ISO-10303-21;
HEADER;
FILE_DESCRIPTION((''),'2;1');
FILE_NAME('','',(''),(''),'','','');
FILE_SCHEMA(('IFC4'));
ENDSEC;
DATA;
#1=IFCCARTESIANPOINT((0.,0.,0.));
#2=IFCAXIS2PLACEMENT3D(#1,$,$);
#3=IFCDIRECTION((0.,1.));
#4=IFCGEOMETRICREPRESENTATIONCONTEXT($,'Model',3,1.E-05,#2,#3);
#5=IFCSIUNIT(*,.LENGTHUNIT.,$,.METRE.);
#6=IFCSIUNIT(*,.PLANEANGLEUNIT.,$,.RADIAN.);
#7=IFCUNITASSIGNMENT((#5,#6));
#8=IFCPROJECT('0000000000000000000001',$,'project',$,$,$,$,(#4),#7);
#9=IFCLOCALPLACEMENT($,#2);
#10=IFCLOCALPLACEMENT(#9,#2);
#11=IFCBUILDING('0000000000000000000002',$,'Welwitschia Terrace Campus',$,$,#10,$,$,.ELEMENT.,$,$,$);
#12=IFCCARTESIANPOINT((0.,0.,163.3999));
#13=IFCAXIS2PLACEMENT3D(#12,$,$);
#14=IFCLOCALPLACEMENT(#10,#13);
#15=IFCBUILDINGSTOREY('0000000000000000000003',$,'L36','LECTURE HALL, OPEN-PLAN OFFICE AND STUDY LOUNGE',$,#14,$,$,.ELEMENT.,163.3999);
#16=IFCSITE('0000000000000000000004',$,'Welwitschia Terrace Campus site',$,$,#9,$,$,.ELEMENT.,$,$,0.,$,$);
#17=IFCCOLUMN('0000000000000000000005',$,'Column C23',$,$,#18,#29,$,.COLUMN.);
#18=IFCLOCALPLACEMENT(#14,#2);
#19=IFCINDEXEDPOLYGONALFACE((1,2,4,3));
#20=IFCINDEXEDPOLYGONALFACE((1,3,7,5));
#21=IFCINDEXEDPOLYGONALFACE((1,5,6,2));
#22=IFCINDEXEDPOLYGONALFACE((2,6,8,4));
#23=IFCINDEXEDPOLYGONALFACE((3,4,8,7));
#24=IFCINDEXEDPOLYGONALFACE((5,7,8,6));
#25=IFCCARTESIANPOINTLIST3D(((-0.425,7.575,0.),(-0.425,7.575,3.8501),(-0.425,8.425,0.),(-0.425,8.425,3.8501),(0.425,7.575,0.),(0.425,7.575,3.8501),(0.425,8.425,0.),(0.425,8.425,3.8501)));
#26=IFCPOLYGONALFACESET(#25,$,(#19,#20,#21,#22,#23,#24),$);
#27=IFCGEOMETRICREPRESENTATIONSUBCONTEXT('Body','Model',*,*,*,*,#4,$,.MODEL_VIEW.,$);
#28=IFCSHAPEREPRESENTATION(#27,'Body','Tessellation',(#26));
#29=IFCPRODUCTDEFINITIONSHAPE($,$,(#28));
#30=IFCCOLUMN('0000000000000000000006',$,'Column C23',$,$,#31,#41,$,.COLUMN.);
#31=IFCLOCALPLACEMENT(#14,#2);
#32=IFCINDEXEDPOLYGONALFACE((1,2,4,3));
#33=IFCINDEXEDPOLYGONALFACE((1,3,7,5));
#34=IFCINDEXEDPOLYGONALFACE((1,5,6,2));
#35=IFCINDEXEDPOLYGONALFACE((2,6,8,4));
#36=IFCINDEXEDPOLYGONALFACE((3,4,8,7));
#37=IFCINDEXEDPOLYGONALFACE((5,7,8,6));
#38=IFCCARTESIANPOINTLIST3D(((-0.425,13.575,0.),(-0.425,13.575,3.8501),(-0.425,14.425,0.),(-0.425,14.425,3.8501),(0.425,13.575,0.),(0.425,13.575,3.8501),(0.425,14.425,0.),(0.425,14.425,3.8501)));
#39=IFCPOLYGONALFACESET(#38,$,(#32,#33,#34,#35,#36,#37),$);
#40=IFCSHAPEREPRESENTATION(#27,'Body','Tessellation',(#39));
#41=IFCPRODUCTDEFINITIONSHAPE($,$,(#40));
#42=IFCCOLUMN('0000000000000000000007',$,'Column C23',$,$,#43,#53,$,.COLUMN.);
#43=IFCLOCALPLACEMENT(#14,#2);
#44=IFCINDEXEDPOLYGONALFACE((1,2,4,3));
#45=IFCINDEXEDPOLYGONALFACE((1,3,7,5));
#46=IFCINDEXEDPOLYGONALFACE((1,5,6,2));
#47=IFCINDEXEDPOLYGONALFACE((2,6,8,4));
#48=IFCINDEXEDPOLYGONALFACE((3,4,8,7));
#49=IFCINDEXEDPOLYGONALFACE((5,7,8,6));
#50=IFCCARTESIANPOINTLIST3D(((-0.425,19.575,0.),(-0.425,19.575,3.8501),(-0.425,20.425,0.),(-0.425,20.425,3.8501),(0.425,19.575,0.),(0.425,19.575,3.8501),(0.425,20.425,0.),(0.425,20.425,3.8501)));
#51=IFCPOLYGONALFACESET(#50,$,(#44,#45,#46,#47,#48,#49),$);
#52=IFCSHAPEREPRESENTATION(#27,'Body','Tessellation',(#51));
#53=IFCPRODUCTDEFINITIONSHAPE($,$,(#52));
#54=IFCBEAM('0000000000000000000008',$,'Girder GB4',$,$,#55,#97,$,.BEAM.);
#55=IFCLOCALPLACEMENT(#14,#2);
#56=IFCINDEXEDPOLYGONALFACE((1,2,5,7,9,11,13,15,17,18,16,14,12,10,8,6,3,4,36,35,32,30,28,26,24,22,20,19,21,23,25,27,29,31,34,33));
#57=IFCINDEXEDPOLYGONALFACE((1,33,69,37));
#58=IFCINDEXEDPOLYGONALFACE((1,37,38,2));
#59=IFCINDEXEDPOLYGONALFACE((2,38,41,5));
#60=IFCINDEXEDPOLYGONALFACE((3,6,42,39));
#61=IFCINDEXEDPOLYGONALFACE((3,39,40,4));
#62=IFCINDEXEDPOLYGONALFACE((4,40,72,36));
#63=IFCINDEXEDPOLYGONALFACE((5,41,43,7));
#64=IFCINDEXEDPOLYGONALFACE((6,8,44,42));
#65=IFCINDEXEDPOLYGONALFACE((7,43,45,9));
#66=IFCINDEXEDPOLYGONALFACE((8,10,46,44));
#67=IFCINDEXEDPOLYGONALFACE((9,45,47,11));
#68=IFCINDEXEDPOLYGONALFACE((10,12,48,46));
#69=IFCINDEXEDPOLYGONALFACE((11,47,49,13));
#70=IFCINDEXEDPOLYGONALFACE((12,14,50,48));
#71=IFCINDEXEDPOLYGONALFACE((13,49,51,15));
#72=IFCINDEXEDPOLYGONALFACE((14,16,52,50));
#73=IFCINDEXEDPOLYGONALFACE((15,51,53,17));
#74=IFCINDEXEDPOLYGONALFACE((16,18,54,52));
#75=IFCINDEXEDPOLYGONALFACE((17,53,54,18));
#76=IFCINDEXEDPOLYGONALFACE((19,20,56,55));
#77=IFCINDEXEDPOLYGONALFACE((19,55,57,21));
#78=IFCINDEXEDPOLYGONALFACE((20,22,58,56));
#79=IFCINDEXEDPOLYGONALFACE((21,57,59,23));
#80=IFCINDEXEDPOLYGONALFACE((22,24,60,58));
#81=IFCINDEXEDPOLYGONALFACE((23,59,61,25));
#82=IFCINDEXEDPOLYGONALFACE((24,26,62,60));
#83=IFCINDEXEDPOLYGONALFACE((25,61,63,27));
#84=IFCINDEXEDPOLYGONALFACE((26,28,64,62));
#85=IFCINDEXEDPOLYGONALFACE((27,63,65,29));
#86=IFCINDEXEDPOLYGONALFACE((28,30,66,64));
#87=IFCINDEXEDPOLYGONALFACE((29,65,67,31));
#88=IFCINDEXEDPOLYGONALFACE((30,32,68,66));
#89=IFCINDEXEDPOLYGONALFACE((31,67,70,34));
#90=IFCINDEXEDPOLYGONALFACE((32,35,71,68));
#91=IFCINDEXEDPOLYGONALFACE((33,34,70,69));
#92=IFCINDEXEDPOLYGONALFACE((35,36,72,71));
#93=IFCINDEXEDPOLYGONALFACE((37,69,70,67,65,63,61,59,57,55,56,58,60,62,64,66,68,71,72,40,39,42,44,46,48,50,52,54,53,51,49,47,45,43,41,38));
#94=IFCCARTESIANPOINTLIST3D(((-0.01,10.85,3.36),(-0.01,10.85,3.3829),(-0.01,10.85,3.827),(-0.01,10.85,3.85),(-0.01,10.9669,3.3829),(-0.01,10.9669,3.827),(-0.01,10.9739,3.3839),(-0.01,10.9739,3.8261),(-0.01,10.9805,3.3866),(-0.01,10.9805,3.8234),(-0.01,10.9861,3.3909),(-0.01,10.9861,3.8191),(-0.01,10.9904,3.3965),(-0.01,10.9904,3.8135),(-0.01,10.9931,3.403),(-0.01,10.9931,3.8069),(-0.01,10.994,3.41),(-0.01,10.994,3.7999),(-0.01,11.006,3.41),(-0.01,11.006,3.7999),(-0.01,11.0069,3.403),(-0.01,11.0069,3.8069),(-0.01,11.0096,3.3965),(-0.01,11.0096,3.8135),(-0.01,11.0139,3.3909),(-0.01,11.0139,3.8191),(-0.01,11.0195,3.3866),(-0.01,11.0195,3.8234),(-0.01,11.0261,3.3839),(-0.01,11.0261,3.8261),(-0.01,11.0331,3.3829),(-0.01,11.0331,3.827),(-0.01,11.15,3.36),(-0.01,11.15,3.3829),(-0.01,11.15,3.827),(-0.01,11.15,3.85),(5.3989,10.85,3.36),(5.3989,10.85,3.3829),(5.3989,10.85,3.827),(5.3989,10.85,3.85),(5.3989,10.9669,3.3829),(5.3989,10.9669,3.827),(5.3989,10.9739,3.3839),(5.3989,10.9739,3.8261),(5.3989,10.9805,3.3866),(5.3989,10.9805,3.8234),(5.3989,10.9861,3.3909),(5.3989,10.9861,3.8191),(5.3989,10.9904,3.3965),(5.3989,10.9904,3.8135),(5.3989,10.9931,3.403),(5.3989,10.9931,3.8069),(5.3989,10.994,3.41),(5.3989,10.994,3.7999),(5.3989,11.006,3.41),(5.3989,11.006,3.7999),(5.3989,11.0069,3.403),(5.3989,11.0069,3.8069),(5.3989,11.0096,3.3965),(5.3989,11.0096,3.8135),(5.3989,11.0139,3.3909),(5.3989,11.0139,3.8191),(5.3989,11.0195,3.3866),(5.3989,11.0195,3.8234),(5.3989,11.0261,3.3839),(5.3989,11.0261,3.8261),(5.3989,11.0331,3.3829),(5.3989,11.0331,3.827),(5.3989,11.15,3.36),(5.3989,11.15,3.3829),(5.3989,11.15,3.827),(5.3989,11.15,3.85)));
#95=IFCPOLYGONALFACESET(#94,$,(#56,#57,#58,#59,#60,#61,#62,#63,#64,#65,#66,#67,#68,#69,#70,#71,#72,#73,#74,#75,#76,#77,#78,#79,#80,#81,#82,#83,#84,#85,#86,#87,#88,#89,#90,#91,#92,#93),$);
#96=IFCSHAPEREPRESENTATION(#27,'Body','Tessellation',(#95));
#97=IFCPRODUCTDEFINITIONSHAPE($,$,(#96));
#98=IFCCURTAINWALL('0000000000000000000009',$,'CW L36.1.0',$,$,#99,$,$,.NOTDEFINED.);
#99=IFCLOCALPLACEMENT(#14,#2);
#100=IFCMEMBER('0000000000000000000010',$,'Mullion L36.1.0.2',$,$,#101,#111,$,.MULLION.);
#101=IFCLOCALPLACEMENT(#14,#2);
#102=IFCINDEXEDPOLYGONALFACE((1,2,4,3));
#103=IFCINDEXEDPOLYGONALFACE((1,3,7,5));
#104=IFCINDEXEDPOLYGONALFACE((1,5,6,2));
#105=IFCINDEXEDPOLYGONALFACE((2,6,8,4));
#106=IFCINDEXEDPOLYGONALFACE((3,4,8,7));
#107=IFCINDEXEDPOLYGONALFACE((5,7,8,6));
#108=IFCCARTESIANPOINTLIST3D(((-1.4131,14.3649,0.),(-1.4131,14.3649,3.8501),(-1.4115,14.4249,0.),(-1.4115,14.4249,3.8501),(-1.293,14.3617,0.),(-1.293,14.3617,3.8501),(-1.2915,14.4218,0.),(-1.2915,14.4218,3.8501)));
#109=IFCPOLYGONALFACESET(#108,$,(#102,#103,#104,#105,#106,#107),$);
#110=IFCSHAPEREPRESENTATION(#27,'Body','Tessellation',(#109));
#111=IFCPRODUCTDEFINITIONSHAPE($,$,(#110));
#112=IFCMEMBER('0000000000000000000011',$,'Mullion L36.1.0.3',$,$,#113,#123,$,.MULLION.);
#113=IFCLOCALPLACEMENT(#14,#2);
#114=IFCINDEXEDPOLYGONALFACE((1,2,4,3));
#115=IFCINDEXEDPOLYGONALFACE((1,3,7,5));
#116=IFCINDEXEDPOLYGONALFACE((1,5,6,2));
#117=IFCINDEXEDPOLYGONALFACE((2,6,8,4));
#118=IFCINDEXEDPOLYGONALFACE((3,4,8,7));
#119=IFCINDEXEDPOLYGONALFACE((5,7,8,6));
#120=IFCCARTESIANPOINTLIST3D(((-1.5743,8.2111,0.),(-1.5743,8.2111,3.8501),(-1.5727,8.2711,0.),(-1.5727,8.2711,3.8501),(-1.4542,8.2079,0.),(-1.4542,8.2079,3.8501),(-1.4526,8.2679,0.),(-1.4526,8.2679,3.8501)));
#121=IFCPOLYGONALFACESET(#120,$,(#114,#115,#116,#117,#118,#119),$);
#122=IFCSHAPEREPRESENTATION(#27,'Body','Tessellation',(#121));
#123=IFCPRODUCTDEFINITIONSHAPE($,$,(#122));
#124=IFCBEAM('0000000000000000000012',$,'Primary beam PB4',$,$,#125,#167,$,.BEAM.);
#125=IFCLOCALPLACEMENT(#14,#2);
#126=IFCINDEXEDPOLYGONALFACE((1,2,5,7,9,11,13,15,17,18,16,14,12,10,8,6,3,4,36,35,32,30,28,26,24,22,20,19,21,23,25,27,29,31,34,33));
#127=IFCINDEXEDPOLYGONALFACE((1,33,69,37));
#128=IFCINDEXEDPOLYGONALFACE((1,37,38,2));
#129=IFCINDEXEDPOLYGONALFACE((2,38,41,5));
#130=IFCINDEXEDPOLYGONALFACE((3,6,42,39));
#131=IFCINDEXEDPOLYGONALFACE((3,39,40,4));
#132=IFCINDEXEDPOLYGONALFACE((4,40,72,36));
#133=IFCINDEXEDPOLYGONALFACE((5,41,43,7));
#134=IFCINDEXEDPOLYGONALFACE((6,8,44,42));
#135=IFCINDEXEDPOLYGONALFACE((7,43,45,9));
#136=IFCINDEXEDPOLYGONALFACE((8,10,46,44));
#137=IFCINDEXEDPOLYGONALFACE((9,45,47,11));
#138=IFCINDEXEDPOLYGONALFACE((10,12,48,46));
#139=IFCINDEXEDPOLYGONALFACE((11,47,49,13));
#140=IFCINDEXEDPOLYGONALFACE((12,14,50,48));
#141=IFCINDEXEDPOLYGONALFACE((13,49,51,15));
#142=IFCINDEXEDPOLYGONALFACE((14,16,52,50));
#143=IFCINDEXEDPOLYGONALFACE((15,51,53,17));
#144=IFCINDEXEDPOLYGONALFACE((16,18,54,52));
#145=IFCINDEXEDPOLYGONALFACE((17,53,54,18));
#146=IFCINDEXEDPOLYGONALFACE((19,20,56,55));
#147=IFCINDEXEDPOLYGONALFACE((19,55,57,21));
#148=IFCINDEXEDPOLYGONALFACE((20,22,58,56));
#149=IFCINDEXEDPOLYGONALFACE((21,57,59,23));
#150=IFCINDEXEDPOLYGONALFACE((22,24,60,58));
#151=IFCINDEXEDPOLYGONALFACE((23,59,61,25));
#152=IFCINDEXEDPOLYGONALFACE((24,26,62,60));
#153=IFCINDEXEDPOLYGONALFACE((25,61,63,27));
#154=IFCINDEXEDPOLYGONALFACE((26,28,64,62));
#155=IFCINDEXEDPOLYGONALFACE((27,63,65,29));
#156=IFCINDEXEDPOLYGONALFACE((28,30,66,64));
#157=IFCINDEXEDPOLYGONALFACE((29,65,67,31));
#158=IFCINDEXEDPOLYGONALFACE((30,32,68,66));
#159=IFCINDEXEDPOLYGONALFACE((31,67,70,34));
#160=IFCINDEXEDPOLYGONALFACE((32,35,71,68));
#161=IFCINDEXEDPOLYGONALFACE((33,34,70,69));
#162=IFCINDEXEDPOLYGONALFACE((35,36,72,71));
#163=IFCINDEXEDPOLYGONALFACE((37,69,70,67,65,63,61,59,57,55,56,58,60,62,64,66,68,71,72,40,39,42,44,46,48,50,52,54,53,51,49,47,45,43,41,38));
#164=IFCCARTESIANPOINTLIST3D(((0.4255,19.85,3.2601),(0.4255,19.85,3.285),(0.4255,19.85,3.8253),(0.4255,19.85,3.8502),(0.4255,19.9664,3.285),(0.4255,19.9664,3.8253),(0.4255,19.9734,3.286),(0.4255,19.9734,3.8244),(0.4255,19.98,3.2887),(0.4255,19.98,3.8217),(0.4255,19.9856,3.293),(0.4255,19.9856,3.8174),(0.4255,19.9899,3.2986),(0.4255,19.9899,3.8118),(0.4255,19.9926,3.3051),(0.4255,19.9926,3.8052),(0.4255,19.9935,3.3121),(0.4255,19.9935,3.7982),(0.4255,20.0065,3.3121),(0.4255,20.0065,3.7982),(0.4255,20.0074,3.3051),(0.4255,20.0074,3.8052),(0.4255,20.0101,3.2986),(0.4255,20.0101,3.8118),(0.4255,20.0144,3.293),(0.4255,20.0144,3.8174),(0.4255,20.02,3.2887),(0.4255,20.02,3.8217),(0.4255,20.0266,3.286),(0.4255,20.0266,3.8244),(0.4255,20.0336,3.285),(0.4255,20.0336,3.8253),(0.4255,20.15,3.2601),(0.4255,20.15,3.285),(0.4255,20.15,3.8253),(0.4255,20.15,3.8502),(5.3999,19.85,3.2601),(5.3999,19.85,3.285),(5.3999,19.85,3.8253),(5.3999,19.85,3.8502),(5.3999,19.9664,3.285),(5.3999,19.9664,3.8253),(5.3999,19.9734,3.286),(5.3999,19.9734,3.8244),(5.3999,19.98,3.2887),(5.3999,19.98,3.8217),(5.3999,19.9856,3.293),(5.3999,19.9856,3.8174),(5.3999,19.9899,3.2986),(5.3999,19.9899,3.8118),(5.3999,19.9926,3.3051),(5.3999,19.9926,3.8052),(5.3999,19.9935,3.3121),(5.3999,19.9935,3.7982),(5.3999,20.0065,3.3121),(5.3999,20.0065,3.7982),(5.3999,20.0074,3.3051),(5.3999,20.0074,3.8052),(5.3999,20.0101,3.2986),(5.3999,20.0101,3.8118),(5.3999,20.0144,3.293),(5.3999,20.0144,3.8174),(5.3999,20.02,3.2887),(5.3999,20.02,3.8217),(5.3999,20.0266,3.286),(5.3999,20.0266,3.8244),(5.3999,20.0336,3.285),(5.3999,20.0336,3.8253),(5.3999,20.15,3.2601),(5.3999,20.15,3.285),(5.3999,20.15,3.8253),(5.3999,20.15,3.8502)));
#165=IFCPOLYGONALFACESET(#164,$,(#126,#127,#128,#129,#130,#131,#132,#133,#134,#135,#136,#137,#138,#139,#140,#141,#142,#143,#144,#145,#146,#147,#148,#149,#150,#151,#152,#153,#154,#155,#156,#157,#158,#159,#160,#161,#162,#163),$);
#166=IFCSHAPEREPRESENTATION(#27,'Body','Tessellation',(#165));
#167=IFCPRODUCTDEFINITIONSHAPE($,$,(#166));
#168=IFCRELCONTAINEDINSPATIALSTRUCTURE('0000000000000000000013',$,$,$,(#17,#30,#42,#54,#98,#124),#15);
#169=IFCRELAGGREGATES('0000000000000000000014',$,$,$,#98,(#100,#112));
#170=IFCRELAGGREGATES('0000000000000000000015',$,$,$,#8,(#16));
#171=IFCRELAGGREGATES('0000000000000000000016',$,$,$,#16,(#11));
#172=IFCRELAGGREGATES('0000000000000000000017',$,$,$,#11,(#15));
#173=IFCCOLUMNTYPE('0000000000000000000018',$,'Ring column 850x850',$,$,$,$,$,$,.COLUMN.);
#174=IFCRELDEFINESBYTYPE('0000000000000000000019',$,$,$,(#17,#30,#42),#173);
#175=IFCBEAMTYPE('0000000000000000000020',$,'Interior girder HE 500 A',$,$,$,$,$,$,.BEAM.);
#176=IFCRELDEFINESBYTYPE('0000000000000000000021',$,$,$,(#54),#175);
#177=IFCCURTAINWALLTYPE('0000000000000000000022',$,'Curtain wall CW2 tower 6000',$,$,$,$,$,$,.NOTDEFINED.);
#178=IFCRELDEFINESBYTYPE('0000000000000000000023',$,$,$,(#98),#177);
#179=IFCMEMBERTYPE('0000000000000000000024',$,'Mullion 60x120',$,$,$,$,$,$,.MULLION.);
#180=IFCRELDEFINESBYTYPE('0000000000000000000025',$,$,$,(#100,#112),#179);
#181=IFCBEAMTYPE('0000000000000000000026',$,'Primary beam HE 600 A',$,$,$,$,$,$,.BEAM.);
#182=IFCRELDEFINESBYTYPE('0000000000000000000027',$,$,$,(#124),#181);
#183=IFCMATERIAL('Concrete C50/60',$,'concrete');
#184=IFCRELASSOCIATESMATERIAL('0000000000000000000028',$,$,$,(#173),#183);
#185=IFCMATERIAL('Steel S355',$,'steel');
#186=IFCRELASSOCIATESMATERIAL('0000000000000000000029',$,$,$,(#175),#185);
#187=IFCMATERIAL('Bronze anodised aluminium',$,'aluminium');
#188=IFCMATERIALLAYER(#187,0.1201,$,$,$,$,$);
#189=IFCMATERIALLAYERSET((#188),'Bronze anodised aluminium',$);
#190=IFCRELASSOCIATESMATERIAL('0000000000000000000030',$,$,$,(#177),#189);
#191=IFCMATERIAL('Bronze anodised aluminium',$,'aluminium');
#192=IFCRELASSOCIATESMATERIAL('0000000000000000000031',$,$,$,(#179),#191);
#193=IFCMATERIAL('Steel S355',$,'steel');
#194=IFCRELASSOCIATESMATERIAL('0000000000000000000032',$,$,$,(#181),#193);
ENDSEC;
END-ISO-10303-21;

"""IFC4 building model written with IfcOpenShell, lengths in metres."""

from ifc_helpers import new_model, si_unit, direction, frame, origin, origin_2d, place, context, subcontext, project, spatial, rectangle, i_section, extrude, material, layer, layer_set, material_profile, profile_set, type_object, element, aggregate, save


model = new_model("IFC4")

# Units and contexts
model_context = context("Model", 3, precision=1e-05, world=origin(), true_north=direction((0.0, 1.0)))
body_context = subcontext(model_context, "Body", "Model", "MODEL_VIEW")
ifc_project = project(units=[si_unit("LENGTHUNIT", "METRE"), si_unit("PLANEANGLEUNIT", "RADIAN")], contexts=[model_context])

# Site, building, storey
site_placement = place(None, origin())
site = spatial("IfcSite", under=ifc_project, at=site_placement, Name="Welwitschia Terrace Campus site", CompositionType="ELEMENT", RefElevation=0.0)
building_placement = place(site_placement, origin())
building = spatial("IfcBuilding", under=site, at=building_placement, Name="Welwitschia Terrace Campus", CompositionType="ELEMENT")
storey_placement = place(building_placement, frame((0.0, 0.0, 163.3999)))
storey = spatial("IfcBuildingStorey", under=building, at=storey_placement, Name="L36", Description="LECTURE HALL, OPEN-PLAN OFFICE AND STUDY LOUNGE", CompositionType="ELEMENT", Elevation=163.3999)

# Columns
ifc_material_1 = material(Name="Concrete C50/60", Category="concrete")
ifc_material_profile_1 = material_profile(ifc_material_1, rectangle(XDim=0.8501, YDim=0.8501, at=origin_2d()))
ifc_profile_set_1 = profile_set([ifc_material_profile_1], Name="Concrete C50/60")
column_type = type_object("IfcColumnType", Name="Ring column 850x850", PredefinedType="COLUMN", material=ifc_profile_set_1)
for number, where, z_axis, x_axis, name in (
    (1, (0.0, 8.0, 0.0), (0.0, 0.0, 1.0), (1.0, 0.0, 0.0), "Column C23"),
    (2, (0.0, 14.0, 0.0), (0.0, 0.0, 1.0), (1.0, 0.0, 0.0), "Column C23"),
    (3, (0.0, 20.0, 0.0), (0.0, 0.0, 1.0), (1.0, 0.0, 0.0), "Column C23"),
):
    element("IfcColumn", number, at=place(storey_placement, frame(where, z_axis=z_axis, x_axis=x_axis)), inside=storey, type_object=column_type, Name=name, PredefinedType="COLUMN", context=body_context, shape_type="SweptSolid", body=[
        extrude(rectangle(XDim=0.8501, YDim=0.8501, at=origin_2d()), origin(), (0.0, 0.0, 1.0), 3.8501),
    ])

# Beam
ifc_material_2 = material(Name="Steel S355", Category="steel")
ifc_material_profile_2 = material_profile(ifc_material_2, i_section(OverallWidth=0.3, OverallDepth=0.49, WebThickness=0.012, FlangeThickness=0.0229, FilletRadius=0.0271, at=origin_2d()))
ifc_profile_set_2 = profile_set([ifc_material_profile_2], Name="Steel S355")
beam_type_1 = type_object("IfcBeamType", Name="Interior girder HE 500 A", PredefinedType="BEAM", material=ifc_profile_set_2)
beam_1_placement = place(storey_placement, frame((-0.01, 11.0, 3.605), z_axis=(1.0, 0.0, 0.0), x_axis=(0.0, 1.0, 0.0)))
element("IfcBeam", 4, at=beam_1_placement, inside=storey, type_object=beam_type_1, Name="Girder GB4", PredefinedType="BEAM", context=body_context, shape_type="SweptSolid", body=[
    extrude(i_section(OverallWidth=0.3, OverallDepth=0.49, WebThickness=0.012, FlangeThickness=0.0229, FilletRadius=0.0271, at=origin_2d()), origin(), (0.0, 0.0, 1.0), 5.4089),
])

# Curtain wall, members
ifc_material_3 = material(Name="Bronze anodised aluminium", Category="aluminium")
ifc_layer_1 = layer(ifc_material_3, 0.1201)
ifc_layer_set_1 = layer_set([ifc_layer_1], Name="Bronze anodised aluminium")
curtain_wall_type = type_object("IfcCurtainWallType", Name="Curtain wall CW2 tower 6000", PredefinedType="NOTDEFINED", material=ifc_layer_set_1)
curtain_wall_placement = place(storey_placement, origin())
curtain_wall = element("IfcCurtainWall", 5, at=curtain_wall_placement, inside=storey, type_object=curtain_wall_type, Name="CW L36.1.0", PredefinedType="NOTDEFINED")
ifc_material_4 = material(Name="Bronze anodised aluminium", Category="aluminium")
ifc_material_profile_3 = material_profile(ifc_material_4, rectangle(XDim=0.1201, YDim=0.0601, at=origin_2d()))
ifc_profile_set_3 = profile_set([ifc_material_profile_3], Name="Bronze anodised aluminium")
member_type = type_object("IfcMemberType", Name="Mullion 60x120", PredefinedType="MULLION", material=ifc_profile_set_3)
member_1_placement = place(storey_placement, frame((-1.3523, 14.3933, 0.0), z_axis=(0.0, 0.0, 1.0), x_axis=(0.999657, -0.026177, 0.0)))
member_1 = element("IfcMember", 6, at=member_1_placement, type_object=member_type, Name="Mullion L36.1.0.2", PredefinedType="MULLION", context=body_context, shape_type="SweptSolid", body=[
    extrude(rectangle(XDim=0.1201, YDim=0.0601, at=origin_2d()), origin(), (0.0, 0.0, 1.0), 3.8501),
])
member_2_placement = place(storey_placement, frame((-1.5134, 8.2395, 0.0), z_axis=(0.0, 0.0, 1.0), x_axis=(0.999657, -0.026177, 0.0)))
member_2 = element("IfcMember", 7, at=member_2_placement, type_object=member_type, Name="Mullion L36.1.0.3", PredefinedType="MULLION", context=body_context, shape_type="SweptSolid", body=[
    extrude(rectangle(XDim=0.1201, YDim=0.0601, at=origin_2d()), origin(), (0.0, 0.0, 1.0), 3.8501),
])

# Beam
ifc_material_5 = material(Name="Steel S355", Category="steel")
ifc_material_profile_4 = material_profile(ifc_material_5, i_section(OverallWidth=0.3, OverallDepth=0.5901, WebThickness=0.0129, FlangeThickness=0.0249, FilletRadius=0.0271, at=origin_2d()))
ifc_profile_set_4 = profile_set([ifc_material_profile_4], Name="Steel S355")
beam_type_2 = type_object("IfcBeamType", Name="Primary beam HE 600 A", PredefinedType="BEAM", material=ifc_profile_set_4)
for number, where, z_axis, x_axis, name in (
    (8, (0.4255, 20.0, 3.5552), (1.0, 0.0, 0.0), (0.0, 1.0, 0.0), "Primary beam PB4"),
):
    element("IfcBeam", number, at=place(storey_placement, frame(where, z_axis=z_axis, x_axis=x_axis)), inside=storey, type_object=beam_type_2, Name=name, PredefinedType="BEAM", context=body_context, shape_type="SweptSolid", body=[
        extrude(i_section(OverallWidth=0.3, OverallDepth=0.5901, WebThickness=0.0129, FlangeThickness=0.0249, FilletRadius=0.0271, at=origin_2d()), origin(), (0.0, 0.0, 1.0), 4.9744),
    ])

aggregate(curtain_wall, [member_1, member_2])

save(model, "model.ifc")
